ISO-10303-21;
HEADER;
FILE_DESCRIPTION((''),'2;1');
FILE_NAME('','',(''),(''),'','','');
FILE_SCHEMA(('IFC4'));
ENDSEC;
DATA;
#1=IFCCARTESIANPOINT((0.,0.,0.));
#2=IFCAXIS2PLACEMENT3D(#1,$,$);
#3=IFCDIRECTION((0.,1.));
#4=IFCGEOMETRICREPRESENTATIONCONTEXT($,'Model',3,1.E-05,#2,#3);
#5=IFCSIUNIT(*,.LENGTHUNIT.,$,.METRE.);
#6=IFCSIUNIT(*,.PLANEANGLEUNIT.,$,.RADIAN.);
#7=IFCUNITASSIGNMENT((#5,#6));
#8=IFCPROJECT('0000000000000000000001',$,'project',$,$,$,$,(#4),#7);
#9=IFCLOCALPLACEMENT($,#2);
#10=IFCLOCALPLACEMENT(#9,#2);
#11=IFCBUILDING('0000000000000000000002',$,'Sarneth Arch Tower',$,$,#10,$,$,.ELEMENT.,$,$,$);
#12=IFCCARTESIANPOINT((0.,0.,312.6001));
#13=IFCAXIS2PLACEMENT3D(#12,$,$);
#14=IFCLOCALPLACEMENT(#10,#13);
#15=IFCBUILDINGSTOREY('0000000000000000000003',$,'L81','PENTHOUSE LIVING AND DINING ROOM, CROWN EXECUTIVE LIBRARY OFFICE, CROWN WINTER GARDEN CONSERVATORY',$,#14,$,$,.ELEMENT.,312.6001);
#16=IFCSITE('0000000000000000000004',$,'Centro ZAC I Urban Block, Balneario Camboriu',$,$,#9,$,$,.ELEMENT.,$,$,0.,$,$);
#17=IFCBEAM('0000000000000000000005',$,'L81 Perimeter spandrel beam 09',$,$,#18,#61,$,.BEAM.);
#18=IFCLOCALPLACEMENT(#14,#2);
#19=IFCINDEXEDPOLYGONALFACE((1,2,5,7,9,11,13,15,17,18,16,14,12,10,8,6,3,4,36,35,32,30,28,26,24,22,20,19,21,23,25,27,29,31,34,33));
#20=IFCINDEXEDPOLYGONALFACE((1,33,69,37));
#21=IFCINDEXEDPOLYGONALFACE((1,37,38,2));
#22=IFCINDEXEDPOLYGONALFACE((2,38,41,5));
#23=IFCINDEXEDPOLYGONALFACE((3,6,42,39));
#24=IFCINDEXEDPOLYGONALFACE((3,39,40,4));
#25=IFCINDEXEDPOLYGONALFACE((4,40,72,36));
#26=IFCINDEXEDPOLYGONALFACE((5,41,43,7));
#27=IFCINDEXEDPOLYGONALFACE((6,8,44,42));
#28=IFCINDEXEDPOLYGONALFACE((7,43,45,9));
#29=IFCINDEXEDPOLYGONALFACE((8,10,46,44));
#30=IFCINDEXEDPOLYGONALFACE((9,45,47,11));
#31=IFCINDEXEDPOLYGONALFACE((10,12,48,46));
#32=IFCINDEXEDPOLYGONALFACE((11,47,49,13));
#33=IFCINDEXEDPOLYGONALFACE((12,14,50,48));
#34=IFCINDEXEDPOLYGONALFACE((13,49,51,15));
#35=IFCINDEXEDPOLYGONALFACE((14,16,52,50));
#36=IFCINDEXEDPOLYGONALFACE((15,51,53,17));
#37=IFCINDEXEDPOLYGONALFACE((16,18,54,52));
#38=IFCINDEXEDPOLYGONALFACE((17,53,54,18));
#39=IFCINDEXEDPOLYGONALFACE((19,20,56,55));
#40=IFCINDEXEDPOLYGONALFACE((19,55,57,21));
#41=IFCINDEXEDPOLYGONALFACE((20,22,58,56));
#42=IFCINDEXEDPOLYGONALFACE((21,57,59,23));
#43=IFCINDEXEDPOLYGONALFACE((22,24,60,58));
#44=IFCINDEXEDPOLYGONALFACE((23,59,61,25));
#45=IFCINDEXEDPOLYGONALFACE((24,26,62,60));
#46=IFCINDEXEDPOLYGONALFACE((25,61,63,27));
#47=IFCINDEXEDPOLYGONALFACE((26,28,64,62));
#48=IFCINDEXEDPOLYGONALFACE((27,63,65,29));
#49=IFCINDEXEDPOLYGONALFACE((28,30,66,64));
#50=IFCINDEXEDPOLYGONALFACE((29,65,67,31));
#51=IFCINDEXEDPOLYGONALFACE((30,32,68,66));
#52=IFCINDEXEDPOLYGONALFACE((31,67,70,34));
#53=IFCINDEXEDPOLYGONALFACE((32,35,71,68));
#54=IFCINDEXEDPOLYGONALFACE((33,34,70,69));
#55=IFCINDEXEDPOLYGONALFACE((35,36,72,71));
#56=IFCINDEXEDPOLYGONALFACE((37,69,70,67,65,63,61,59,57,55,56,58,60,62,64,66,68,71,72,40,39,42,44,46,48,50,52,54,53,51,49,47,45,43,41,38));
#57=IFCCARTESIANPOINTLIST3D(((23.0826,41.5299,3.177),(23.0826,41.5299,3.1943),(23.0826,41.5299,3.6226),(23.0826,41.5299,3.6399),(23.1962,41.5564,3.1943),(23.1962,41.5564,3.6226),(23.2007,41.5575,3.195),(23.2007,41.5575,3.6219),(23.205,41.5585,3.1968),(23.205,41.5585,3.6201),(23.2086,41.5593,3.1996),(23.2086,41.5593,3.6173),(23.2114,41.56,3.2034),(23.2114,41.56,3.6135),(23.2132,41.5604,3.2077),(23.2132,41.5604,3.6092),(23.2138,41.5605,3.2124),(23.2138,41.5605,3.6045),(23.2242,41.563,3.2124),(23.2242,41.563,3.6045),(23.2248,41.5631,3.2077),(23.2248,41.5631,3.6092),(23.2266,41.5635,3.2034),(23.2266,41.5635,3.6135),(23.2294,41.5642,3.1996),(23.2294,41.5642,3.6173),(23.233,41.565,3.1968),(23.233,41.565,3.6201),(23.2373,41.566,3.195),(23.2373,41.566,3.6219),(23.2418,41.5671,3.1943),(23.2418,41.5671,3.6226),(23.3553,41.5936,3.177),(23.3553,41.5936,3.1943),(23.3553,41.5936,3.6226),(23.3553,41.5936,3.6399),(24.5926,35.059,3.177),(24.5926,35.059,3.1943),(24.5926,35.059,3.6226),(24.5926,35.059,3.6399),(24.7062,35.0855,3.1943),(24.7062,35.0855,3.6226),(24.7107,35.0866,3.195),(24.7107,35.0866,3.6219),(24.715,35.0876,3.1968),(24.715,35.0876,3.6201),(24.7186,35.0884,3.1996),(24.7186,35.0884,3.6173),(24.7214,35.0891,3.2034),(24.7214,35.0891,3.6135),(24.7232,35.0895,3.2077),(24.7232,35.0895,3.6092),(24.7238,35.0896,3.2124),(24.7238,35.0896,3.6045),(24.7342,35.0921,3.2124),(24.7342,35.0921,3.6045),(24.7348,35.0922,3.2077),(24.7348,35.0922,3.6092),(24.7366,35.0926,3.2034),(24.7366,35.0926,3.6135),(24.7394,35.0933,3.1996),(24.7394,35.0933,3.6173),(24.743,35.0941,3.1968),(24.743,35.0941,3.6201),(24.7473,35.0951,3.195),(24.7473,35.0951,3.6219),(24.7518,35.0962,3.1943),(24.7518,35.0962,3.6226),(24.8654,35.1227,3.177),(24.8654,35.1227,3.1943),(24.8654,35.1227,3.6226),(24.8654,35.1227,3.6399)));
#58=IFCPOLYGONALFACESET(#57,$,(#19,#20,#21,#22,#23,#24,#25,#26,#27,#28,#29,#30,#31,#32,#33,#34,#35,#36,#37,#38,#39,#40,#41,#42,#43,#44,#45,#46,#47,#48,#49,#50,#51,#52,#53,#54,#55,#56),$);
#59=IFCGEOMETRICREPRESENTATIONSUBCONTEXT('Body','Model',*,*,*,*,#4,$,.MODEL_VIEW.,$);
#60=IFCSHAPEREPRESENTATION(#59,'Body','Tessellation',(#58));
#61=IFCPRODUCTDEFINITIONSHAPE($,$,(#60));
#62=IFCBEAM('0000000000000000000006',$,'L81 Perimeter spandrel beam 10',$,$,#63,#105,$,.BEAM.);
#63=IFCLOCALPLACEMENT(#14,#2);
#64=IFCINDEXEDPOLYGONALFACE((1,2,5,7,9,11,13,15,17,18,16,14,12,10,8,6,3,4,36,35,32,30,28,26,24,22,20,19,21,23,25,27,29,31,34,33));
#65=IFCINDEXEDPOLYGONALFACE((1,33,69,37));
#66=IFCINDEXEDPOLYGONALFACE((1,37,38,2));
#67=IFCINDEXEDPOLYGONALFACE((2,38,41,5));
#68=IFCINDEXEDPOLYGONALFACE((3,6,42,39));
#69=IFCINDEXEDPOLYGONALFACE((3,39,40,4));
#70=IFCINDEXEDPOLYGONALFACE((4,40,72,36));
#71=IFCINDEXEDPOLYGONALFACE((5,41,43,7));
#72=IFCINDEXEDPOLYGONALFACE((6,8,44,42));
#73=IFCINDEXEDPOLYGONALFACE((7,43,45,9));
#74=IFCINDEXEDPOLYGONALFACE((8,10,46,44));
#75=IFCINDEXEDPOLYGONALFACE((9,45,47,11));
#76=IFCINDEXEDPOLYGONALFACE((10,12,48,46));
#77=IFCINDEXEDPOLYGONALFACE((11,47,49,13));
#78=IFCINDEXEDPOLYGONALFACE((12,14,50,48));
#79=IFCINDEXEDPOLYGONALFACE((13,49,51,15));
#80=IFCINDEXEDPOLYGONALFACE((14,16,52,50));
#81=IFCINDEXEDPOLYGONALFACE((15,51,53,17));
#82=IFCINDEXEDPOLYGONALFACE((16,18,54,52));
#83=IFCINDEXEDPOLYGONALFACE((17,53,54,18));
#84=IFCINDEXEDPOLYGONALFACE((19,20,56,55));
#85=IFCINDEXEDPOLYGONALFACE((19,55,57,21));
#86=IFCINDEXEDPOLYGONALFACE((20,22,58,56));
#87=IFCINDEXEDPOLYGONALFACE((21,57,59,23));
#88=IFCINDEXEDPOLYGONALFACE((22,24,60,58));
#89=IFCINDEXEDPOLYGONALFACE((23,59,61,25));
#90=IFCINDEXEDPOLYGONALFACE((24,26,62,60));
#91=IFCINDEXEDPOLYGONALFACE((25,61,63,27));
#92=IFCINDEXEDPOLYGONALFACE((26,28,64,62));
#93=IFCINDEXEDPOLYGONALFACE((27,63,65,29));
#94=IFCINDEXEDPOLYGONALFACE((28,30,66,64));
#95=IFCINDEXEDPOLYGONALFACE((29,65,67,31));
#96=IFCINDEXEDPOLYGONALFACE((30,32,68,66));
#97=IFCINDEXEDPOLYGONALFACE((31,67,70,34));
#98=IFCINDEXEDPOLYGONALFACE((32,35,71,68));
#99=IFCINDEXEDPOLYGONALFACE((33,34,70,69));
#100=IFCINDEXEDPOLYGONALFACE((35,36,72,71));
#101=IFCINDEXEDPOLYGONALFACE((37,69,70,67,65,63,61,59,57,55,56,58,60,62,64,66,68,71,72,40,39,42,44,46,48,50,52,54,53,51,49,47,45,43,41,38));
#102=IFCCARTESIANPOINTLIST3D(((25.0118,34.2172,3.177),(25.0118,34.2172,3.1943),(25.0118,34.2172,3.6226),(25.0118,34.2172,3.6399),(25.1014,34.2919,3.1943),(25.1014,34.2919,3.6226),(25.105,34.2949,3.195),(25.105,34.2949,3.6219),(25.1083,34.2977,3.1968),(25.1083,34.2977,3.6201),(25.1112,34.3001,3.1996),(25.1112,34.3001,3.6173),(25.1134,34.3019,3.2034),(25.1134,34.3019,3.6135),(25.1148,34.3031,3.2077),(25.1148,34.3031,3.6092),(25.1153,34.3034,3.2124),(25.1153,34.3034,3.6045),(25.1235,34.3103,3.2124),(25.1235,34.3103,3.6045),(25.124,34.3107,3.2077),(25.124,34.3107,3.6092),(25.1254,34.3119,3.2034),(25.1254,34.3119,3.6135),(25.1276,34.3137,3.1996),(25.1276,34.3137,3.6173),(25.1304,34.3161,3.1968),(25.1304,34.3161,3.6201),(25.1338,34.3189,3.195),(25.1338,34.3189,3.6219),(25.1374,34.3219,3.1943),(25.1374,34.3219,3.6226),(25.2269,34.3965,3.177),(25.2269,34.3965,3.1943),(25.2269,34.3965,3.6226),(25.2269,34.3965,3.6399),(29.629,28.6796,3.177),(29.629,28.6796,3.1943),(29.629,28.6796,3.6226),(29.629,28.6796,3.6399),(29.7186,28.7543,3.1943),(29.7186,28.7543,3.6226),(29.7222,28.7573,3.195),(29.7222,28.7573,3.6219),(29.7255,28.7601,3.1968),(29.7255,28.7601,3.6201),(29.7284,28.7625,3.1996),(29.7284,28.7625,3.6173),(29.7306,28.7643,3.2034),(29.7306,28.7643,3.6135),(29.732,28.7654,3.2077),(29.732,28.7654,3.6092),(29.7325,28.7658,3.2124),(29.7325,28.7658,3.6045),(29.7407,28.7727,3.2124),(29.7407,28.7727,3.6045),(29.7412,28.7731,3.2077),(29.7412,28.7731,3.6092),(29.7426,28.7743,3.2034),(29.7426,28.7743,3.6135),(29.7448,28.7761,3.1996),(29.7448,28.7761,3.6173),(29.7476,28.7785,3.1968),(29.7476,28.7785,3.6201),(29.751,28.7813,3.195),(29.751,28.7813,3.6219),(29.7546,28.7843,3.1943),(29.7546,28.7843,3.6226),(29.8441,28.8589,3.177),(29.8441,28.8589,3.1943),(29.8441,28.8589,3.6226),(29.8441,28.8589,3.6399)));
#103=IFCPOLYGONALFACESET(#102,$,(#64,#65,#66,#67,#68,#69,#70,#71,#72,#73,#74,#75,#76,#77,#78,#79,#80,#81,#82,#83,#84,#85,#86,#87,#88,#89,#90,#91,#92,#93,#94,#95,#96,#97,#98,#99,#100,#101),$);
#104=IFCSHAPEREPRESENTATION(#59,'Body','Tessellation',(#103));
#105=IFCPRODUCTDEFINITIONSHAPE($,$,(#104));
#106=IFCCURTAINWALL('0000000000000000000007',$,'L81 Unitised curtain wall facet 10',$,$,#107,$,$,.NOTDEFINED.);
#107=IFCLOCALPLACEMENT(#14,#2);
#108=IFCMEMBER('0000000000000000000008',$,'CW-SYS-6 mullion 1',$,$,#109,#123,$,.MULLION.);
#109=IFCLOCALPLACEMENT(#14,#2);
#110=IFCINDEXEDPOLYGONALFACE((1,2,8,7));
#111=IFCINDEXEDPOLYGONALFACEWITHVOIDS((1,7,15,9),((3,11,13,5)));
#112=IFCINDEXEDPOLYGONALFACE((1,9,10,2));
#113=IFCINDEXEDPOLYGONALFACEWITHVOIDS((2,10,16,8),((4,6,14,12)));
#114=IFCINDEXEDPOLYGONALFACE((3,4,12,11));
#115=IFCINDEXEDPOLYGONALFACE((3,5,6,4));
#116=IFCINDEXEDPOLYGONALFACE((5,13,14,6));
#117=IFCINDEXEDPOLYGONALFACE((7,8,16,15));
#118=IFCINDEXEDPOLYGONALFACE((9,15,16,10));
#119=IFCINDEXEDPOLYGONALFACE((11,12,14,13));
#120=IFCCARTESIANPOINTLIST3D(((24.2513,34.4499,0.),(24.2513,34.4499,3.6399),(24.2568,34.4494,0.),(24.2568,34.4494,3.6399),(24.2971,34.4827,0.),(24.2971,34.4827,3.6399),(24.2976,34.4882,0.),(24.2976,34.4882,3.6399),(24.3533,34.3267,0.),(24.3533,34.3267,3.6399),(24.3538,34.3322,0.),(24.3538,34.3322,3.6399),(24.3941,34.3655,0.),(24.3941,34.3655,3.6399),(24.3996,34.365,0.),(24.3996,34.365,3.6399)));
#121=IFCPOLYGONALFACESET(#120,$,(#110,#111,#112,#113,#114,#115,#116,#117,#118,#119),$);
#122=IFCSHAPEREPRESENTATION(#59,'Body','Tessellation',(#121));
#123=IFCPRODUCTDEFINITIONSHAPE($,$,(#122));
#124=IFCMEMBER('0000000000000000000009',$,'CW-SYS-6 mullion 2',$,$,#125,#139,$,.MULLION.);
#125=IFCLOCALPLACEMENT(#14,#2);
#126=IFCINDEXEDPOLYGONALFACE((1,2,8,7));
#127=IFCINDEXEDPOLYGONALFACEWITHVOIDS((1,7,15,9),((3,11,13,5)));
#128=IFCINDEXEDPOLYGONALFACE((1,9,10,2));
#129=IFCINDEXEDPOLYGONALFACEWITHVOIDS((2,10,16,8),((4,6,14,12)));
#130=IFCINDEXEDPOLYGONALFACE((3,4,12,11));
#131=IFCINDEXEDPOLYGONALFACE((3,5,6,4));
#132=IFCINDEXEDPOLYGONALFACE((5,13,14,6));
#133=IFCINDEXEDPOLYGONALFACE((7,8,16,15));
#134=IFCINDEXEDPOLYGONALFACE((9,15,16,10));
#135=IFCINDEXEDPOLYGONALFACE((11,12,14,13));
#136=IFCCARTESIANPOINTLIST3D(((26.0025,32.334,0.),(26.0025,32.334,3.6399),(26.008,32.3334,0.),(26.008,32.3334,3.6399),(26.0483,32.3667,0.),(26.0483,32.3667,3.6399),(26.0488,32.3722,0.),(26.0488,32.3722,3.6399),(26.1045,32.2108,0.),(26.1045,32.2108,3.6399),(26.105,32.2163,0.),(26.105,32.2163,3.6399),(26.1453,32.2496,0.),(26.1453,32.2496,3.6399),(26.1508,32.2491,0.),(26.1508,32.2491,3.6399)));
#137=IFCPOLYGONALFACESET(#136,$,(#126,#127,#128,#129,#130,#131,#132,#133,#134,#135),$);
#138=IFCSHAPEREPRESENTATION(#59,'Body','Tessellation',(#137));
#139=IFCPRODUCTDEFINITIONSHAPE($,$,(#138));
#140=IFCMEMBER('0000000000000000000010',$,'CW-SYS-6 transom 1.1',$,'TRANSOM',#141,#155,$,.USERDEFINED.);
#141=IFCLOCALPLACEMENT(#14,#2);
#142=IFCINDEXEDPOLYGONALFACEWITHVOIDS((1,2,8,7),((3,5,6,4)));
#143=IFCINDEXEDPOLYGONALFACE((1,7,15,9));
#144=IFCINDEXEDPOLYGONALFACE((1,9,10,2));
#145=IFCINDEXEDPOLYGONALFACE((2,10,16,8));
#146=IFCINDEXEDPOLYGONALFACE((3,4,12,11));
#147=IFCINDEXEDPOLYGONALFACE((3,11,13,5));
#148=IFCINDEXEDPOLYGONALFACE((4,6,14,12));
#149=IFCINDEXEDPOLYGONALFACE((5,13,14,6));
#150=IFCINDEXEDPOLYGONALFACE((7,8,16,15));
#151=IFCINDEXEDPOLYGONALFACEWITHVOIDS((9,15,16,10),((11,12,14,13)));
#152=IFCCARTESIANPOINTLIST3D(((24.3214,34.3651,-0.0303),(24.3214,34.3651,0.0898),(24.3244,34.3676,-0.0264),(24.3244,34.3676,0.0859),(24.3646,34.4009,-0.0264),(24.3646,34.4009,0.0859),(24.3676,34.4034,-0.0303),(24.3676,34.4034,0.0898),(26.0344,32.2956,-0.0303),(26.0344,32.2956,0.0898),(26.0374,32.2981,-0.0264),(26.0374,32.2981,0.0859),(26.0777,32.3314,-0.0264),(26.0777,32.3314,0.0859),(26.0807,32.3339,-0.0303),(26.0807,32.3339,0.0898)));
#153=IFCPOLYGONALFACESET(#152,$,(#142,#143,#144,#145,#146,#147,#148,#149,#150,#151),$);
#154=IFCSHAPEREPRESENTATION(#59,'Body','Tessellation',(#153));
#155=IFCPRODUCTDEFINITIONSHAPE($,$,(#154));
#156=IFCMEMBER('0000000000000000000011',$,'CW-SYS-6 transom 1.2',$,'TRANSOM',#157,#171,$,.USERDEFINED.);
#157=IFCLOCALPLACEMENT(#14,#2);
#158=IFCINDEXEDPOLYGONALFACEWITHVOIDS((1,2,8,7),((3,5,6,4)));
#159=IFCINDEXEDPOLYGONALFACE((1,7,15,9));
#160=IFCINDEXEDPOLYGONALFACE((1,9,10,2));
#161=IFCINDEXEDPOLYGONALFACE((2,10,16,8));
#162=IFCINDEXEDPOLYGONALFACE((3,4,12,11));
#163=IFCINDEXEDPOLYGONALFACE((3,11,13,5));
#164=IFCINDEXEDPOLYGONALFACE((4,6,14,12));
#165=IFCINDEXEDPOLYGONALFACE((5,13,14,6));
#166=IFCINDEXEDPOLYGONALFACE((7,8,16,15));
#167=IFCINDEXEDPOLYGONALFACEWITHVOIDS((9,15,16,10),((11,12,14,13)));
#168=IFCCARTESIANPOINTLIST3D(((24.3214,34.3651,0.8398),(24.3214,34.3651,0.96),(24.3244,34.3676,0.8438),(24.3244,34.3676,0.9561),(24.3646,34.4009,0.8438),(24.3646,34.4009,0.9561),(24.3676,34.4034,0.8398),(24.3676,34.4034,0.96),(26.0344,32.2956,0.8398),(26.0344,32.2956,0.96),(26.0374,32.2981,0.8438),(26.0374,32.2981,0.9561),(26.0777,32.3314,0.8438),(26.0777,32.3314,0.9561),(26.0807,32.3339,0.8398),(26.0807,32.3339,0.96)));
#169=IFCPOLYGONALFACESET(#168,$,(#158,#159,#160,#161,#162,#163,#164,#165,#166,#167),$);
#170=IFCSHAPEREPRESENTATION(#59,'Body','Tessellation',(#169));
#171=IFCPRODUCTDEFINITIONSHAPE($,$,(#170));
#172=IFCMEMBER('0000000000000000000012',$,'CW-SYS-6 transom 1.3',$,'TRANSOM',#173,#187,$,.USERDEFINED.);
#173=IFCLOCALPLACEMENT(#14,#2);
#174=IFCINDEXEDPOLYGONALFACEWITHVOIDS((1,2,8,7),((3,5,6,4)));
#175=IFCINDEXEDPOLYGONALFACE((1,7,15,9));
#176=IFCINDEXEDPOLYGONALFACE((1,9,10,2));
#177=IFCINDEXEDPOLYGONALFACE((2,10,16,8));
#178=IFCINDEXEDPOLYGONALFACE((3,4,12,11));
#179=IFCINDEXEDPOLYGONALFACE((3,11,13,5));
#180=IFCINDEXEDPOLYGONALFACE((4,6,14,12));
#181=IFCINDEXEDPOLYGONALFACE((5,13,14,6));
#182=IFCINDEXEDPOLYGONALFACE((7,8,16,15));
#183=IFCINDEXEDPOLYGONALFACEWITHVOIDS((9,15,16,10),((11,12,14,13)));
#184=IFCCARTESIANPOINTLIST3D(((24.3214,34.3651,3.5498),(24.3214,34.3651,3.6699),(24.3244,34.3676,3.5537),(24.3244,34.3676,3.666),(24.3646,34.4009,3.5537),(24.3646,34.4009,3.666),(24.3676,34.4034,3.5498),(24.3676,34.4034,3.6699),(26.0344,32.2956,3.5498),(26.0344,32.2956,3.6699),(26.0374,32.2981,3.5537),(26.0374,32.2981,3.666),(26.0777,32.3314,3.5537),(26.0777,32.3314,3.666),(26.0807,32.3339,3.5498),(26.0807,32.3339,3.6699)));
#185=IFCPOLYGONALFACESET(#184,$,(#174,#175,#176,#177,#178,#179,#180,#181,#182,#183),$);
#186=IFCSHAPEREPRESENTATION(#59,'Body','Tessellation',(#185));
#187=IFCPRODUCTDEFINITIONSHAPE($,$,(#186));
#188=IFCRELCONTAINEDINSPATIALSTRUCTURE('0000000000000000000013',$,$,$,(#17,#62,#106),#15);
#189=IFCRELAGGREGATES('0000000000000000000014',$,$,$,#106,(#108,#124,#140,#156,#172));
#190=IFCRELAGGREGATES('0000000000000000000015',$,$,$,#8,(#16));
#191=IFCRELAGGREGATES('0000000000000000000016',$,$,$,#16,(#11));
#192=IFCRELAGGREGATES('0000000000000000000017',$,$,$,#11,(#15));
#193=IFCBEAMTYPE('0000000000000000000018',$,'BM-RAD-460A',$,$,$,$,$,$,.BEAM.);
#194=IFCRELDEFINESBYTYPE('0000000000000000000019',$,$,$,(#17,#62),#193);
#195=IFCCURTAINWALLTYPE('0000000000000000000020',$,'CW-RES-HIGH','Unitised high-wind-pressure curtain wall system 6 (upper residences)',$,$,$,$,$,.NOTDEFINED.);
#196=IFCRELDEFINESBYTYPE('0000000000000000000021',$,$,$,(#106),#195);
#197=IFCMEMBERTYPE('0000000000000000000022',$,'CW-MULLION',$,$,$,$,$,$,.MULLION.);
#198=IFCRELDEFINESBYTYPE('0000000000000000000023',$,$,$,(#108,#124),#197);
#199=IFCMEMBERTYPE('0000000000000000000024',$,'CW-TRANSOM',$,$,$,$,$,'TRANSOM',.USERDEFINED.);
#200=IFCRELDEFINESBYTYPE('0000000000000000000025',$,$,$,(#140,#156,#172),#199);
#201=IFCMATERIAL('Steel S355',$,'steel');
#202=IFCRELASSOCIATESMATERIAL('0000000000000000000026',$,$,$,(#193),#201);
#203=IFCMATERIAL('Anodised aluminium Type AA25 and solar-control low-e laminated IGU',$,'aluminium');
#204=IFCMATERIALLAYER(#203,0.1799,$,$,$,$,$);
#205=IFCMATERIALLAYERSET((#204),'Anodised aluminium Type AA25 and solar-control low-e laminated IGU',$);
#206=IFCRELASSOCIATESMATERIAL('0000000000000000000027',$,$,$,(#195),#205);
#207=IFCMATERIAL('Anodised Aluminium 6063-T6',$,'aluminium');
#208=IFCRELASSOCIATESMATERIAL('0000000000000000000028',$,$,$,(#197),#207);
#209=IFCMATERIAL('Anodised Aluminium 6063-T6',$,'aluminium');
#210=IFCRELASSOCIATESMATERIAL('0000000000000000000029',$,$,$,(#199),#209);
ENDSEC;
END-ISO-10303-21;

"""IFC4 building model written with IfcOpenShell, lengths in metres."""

from ifc_helpers import new_model, si_unit, direction, frame, origin, origin_2d, place, context, subcontext, project, spatial, hollow_rectangle, i_section, extrude, material, layer, layer_set, material_profile, profile_set, type_object, element, aggregate, save


model = new_model("IFC4")

# Units and contexts
model_context = context("Model", 3, precision=1e-05, world=origin(), true_north=direction((0.0, 1.0)))
body_context = subcontext(model_context, "Body", "Model", "MODEL_VIEW")
ifc_project = project(units=[si_unit("LENGTHUNIT", "METRE"), si_unit("PLANEANGLEUNIT", "RADIAN")], contexts=[model_context])

# Site, building, storey
site_placement = place(None, origin())
site = spatial("IfcSite", under=ifc_project, at=site_placement, Name="Centro ZAC I Urban Block, Balneario Camboriu", CompositionType="ELEMENT", RefElevation=0.0)
building_placement = place(site_placement, origin())
building = spatial("IfcBuilding", under=site, at=building_placement, Name="Sarneth Arch Tower", CompositionType="ELEMENT")
storey_placement = place(building_placement, frame((0.0, 0.0, 312.6001)))
storey = spatial("IfcBuildingStorey", under=building, at=storey_placement, Name="L81", Description="PENTHOUSE LIVING AND DINING ROOM, CROWN EXECUTIVE LIBRARY OFFICE, CROWN WINTER GARDEN CONSERVATORY", CompositionType="ELEMENT", Elevation=312.6001)

# Beams
ifc_material_1 = material(Name="Steel S355", Category="steel")
ifc_material_profile_1 = material_profile(ifc_material_1, i_section(OverallWidth=0.28, OverallDepth=0.4629, WebThickness=0.0107, FlangeThickness=0.0173, FilletRadius=0.0181, at=origin_2d()), Name="W460x113")
ifc_profile_set_1 = profile_set([ifc_material_profile_1], Name="Steel S355")
beam_type = type_object("IfcBeamType", Name="BM-RAD-460A", PredefinedType="BEAM", material=ifc_profile_set_1)
beam_1_placement = place(storey_placement, frame((23.219, 41.5618, 3.4084), z_axis=(0.227247, -0.973837, 0.0), x_axis=(0.973837, 0.227247, 0.0)))
element("IfcBeam", 1, at=beam_1_placement, inside=storey, type_object=beam_type, Name="L81 Perimeter spandrel beam 09", PredefinedType="BEAM", context=body_context, shape_type="SweptSolid", body=[
    extrude(i_section(OverallWidth=0.28, OverallDepth=0.4629, WebThickness=0.0107, FlangeThickness=0.0173, FilletRadius=0.0181, at=origin_2d()), origin(), (0.0, 0.0, 1.0), 6.6448),
])
beam_2_placement = place(storey_placement, frame((25.1194, 34.3069, 3.4084), z_axis=(0.640391, -0.768049, 0.0), x_axis=(0.768049, 0.640391, 0.0)))
element("IfcBeam", 2, at=beam_2_placement, inside=storey, type_object=beam_type, Name="L81 Perimeter spandrel beam 10", PredefinedType="BEAM", context=body_context, shape_type="SweptSolid", body=[
    extrude(i_section(OverallWidth=0.28, OverallDepth=0.4629, WebThickness=0.0107, FlangeThickness=0.0173, FilletRadius=0.0181, at=origin_2d()), origin(), (0.0, 0.0, 1.0), 7.21),
])

# Curtain wall, members
ifc_material_2 = material(Name="Anodised aluminium Type AA25 and solar-control low-e laminated IGU", Category="aluminium")
ifc_layer_1 = layer(ifc_material_2, 0.1799)
ifc_layer_set_1 = layer_set([ifc_layer_1], Name="Anodised aluminium Type AA25 and solar-control low-e laminated IGU")
curtain_wall_type = type_object("IfcCurtainWallType", Name="CW-RES-HIGH", Description="Unitised high-wind-pressure curtain wall system 6 (upper residences)", PredefinedType="NOTDEFINED", material=ifc_layer_set_1)
curtain_wall_placement = place(storey_placement, origin())
curtain_wall = element("IfcCurtainWall", 3, at=curtain_wall_placement, inside=storey, type_object=curtain_wall_type, Name="L81 Unitised curtain wall facet 10", PredefinedType="NOTDEFINED")
ifc_material_3 = material(Name="Anodised Aluminium 6063-T6", Category="aluminium")
ifc_material_profile_2 = material_profile(ifc_material_3, hollow_rectangle(XDim=0.0601, YDim=0.1599, WallThickness=0.0039, at=origin_2d()), Name="AL-MULL-160x60x4")
ifc_profile_set_2 = profile_set([ifc_material_profile_2], Name="Anodised Aluminium 6063-T6")
member_type_1 = type_object("IfcMemberType", Name="CW-MULLION", PredefinedType="MULLION", material=ifc_profile_set_2)
member_1_placement = place(storey_placement, frame((24.3254, 34.4075, 0.0), z_axis=(0.0, 0.0, 1.0), x_axis=(0.770359, 0.63761, 0.0)))
member_1 = element("IfcMember", 4, at=member_1_placement, type_object=member_type_1, Name="CW-SYS-6 mullion 1", PredefinedType="MULLION", context=body_context, shape_type="SweptSolid", body=[
    extrude(hollow_rectangle(XDim=0.0601, YDim=0.1599, WallThickness=0.0039, at=origin_2d()), origin(), (0.0, 0.0, 1.0), 3.6399),
])
member_2_placement = place(storey_placement, frame((26.0767, 32.2915, 0.0), z_axis=(0.0, 0.0, 1.0), x_axis=(0.770359, 0.63761, 0.0)))
member_2 = element("IfcMember", 5, at=member_2_placement, type_object=member_type_1, Name="CW-SYS-6 mullion 2", PredefinedType="MULLION", context=body_context, shape_type="SweptSolid", body=[
    extrude(hollow_rectangle(XDim=0.0601, YDim=0.1599, WallThickness=0.0039, at=origin_2d()), origin(), (0.0, 0.0, 1.0), 3.6399),
])
ifc_material_4 = material(Name="Anodised Aluminium 6063-T6", Category="aluminium")
ifc_material_profile_3 = material_profile(ifc_material_4, hollow_rectangle(XDim=0.0601, YDim=0.1201, WallThickness=0.0039, at=origin_2d()), Name="AL-TRAN-120x60x4")
ifc_profile_set_3 = profile_set([ifc_material_profile_3], Name="Anodised Aluminium 6063-T6")
member_type_2 = type_object("IfcMemberType", Name="CW-TRANSOM", ElementType="TRANSOM", PredefinedType="USERDEFINED", material=ifc_profile_set_3)
member_3_placement = place(storey_placement, frame((24.3445, 34.3843, 0.0298), z_axis=(0.637651, -0.770325, 0.0), x_axis=(0.770325, 0.637651, 0.0)))
member_3 = element("IfcMember", 6, at=member_3_placement, type_object=member_type_2, Name="CW-SYS-6 transom 1.1", ObjectType="TRANSOM", PredefinedType="USERDEFINED", context=body_context, shape_type="SweptSolid", body=[
    extrude(hollow_rectangle(XDim=0.0601, YDim=0.1201, WallThickness=0.0039, at=origin_2d()), origin(), (0.0, 0.0, 1.0), 2.6865),
])
member_4_placement = place(storey_placement, frame((24.3445, 34.3843, 0.8999), z_axis=(0.637651, -0.770325, 0.0), x_axis=(0.770325, 0.637651, 0.0)))
member_4 = element("IfcMember", 7, at=member_4_placement, type_object=member_type_2, Name="CW-SYS-6 transom 1.2", ObjectType="TRANSOM", PredefinedType="USERDEFINED", context=body_context, shape_type="SweptSolid", body=[
    extrude(hollow_rectangle(XDim=0.0601, YDim=0.1201, WallThickness=0.0039, at=origin_2d()), origin(), (0.0, 0.0, 1.0), 2.6865),
])
member_5_placement = place(storey_placement, frame((24.3445, 34.3843, 3.6099), z_axis=(0.637651, -0.770325, 0.0), x_axis=(0.770325, 0.637651, 0.0)))
member_5 = element("IfcMember", 8, at=member_5_placement, type_object=member_type_2, Name="CW-SYS-6 transom 1.3", ObjectType="TRANSOM", PredefinedType="USERDEFINED", context=body_context, shape_type="SweptSolid", body=[
    extrude(hollow_rectangle(XDim=0.0601, YDim=0.1201, WallThickness=0.0039, at=origin_2d()), origin(), (0.0, 0.0, 1.0), 2.6865),
])
aggregate(curtain_wall, [member_1, member_2, member_3, member_4, member_5])

save(model, "model.ifc")
